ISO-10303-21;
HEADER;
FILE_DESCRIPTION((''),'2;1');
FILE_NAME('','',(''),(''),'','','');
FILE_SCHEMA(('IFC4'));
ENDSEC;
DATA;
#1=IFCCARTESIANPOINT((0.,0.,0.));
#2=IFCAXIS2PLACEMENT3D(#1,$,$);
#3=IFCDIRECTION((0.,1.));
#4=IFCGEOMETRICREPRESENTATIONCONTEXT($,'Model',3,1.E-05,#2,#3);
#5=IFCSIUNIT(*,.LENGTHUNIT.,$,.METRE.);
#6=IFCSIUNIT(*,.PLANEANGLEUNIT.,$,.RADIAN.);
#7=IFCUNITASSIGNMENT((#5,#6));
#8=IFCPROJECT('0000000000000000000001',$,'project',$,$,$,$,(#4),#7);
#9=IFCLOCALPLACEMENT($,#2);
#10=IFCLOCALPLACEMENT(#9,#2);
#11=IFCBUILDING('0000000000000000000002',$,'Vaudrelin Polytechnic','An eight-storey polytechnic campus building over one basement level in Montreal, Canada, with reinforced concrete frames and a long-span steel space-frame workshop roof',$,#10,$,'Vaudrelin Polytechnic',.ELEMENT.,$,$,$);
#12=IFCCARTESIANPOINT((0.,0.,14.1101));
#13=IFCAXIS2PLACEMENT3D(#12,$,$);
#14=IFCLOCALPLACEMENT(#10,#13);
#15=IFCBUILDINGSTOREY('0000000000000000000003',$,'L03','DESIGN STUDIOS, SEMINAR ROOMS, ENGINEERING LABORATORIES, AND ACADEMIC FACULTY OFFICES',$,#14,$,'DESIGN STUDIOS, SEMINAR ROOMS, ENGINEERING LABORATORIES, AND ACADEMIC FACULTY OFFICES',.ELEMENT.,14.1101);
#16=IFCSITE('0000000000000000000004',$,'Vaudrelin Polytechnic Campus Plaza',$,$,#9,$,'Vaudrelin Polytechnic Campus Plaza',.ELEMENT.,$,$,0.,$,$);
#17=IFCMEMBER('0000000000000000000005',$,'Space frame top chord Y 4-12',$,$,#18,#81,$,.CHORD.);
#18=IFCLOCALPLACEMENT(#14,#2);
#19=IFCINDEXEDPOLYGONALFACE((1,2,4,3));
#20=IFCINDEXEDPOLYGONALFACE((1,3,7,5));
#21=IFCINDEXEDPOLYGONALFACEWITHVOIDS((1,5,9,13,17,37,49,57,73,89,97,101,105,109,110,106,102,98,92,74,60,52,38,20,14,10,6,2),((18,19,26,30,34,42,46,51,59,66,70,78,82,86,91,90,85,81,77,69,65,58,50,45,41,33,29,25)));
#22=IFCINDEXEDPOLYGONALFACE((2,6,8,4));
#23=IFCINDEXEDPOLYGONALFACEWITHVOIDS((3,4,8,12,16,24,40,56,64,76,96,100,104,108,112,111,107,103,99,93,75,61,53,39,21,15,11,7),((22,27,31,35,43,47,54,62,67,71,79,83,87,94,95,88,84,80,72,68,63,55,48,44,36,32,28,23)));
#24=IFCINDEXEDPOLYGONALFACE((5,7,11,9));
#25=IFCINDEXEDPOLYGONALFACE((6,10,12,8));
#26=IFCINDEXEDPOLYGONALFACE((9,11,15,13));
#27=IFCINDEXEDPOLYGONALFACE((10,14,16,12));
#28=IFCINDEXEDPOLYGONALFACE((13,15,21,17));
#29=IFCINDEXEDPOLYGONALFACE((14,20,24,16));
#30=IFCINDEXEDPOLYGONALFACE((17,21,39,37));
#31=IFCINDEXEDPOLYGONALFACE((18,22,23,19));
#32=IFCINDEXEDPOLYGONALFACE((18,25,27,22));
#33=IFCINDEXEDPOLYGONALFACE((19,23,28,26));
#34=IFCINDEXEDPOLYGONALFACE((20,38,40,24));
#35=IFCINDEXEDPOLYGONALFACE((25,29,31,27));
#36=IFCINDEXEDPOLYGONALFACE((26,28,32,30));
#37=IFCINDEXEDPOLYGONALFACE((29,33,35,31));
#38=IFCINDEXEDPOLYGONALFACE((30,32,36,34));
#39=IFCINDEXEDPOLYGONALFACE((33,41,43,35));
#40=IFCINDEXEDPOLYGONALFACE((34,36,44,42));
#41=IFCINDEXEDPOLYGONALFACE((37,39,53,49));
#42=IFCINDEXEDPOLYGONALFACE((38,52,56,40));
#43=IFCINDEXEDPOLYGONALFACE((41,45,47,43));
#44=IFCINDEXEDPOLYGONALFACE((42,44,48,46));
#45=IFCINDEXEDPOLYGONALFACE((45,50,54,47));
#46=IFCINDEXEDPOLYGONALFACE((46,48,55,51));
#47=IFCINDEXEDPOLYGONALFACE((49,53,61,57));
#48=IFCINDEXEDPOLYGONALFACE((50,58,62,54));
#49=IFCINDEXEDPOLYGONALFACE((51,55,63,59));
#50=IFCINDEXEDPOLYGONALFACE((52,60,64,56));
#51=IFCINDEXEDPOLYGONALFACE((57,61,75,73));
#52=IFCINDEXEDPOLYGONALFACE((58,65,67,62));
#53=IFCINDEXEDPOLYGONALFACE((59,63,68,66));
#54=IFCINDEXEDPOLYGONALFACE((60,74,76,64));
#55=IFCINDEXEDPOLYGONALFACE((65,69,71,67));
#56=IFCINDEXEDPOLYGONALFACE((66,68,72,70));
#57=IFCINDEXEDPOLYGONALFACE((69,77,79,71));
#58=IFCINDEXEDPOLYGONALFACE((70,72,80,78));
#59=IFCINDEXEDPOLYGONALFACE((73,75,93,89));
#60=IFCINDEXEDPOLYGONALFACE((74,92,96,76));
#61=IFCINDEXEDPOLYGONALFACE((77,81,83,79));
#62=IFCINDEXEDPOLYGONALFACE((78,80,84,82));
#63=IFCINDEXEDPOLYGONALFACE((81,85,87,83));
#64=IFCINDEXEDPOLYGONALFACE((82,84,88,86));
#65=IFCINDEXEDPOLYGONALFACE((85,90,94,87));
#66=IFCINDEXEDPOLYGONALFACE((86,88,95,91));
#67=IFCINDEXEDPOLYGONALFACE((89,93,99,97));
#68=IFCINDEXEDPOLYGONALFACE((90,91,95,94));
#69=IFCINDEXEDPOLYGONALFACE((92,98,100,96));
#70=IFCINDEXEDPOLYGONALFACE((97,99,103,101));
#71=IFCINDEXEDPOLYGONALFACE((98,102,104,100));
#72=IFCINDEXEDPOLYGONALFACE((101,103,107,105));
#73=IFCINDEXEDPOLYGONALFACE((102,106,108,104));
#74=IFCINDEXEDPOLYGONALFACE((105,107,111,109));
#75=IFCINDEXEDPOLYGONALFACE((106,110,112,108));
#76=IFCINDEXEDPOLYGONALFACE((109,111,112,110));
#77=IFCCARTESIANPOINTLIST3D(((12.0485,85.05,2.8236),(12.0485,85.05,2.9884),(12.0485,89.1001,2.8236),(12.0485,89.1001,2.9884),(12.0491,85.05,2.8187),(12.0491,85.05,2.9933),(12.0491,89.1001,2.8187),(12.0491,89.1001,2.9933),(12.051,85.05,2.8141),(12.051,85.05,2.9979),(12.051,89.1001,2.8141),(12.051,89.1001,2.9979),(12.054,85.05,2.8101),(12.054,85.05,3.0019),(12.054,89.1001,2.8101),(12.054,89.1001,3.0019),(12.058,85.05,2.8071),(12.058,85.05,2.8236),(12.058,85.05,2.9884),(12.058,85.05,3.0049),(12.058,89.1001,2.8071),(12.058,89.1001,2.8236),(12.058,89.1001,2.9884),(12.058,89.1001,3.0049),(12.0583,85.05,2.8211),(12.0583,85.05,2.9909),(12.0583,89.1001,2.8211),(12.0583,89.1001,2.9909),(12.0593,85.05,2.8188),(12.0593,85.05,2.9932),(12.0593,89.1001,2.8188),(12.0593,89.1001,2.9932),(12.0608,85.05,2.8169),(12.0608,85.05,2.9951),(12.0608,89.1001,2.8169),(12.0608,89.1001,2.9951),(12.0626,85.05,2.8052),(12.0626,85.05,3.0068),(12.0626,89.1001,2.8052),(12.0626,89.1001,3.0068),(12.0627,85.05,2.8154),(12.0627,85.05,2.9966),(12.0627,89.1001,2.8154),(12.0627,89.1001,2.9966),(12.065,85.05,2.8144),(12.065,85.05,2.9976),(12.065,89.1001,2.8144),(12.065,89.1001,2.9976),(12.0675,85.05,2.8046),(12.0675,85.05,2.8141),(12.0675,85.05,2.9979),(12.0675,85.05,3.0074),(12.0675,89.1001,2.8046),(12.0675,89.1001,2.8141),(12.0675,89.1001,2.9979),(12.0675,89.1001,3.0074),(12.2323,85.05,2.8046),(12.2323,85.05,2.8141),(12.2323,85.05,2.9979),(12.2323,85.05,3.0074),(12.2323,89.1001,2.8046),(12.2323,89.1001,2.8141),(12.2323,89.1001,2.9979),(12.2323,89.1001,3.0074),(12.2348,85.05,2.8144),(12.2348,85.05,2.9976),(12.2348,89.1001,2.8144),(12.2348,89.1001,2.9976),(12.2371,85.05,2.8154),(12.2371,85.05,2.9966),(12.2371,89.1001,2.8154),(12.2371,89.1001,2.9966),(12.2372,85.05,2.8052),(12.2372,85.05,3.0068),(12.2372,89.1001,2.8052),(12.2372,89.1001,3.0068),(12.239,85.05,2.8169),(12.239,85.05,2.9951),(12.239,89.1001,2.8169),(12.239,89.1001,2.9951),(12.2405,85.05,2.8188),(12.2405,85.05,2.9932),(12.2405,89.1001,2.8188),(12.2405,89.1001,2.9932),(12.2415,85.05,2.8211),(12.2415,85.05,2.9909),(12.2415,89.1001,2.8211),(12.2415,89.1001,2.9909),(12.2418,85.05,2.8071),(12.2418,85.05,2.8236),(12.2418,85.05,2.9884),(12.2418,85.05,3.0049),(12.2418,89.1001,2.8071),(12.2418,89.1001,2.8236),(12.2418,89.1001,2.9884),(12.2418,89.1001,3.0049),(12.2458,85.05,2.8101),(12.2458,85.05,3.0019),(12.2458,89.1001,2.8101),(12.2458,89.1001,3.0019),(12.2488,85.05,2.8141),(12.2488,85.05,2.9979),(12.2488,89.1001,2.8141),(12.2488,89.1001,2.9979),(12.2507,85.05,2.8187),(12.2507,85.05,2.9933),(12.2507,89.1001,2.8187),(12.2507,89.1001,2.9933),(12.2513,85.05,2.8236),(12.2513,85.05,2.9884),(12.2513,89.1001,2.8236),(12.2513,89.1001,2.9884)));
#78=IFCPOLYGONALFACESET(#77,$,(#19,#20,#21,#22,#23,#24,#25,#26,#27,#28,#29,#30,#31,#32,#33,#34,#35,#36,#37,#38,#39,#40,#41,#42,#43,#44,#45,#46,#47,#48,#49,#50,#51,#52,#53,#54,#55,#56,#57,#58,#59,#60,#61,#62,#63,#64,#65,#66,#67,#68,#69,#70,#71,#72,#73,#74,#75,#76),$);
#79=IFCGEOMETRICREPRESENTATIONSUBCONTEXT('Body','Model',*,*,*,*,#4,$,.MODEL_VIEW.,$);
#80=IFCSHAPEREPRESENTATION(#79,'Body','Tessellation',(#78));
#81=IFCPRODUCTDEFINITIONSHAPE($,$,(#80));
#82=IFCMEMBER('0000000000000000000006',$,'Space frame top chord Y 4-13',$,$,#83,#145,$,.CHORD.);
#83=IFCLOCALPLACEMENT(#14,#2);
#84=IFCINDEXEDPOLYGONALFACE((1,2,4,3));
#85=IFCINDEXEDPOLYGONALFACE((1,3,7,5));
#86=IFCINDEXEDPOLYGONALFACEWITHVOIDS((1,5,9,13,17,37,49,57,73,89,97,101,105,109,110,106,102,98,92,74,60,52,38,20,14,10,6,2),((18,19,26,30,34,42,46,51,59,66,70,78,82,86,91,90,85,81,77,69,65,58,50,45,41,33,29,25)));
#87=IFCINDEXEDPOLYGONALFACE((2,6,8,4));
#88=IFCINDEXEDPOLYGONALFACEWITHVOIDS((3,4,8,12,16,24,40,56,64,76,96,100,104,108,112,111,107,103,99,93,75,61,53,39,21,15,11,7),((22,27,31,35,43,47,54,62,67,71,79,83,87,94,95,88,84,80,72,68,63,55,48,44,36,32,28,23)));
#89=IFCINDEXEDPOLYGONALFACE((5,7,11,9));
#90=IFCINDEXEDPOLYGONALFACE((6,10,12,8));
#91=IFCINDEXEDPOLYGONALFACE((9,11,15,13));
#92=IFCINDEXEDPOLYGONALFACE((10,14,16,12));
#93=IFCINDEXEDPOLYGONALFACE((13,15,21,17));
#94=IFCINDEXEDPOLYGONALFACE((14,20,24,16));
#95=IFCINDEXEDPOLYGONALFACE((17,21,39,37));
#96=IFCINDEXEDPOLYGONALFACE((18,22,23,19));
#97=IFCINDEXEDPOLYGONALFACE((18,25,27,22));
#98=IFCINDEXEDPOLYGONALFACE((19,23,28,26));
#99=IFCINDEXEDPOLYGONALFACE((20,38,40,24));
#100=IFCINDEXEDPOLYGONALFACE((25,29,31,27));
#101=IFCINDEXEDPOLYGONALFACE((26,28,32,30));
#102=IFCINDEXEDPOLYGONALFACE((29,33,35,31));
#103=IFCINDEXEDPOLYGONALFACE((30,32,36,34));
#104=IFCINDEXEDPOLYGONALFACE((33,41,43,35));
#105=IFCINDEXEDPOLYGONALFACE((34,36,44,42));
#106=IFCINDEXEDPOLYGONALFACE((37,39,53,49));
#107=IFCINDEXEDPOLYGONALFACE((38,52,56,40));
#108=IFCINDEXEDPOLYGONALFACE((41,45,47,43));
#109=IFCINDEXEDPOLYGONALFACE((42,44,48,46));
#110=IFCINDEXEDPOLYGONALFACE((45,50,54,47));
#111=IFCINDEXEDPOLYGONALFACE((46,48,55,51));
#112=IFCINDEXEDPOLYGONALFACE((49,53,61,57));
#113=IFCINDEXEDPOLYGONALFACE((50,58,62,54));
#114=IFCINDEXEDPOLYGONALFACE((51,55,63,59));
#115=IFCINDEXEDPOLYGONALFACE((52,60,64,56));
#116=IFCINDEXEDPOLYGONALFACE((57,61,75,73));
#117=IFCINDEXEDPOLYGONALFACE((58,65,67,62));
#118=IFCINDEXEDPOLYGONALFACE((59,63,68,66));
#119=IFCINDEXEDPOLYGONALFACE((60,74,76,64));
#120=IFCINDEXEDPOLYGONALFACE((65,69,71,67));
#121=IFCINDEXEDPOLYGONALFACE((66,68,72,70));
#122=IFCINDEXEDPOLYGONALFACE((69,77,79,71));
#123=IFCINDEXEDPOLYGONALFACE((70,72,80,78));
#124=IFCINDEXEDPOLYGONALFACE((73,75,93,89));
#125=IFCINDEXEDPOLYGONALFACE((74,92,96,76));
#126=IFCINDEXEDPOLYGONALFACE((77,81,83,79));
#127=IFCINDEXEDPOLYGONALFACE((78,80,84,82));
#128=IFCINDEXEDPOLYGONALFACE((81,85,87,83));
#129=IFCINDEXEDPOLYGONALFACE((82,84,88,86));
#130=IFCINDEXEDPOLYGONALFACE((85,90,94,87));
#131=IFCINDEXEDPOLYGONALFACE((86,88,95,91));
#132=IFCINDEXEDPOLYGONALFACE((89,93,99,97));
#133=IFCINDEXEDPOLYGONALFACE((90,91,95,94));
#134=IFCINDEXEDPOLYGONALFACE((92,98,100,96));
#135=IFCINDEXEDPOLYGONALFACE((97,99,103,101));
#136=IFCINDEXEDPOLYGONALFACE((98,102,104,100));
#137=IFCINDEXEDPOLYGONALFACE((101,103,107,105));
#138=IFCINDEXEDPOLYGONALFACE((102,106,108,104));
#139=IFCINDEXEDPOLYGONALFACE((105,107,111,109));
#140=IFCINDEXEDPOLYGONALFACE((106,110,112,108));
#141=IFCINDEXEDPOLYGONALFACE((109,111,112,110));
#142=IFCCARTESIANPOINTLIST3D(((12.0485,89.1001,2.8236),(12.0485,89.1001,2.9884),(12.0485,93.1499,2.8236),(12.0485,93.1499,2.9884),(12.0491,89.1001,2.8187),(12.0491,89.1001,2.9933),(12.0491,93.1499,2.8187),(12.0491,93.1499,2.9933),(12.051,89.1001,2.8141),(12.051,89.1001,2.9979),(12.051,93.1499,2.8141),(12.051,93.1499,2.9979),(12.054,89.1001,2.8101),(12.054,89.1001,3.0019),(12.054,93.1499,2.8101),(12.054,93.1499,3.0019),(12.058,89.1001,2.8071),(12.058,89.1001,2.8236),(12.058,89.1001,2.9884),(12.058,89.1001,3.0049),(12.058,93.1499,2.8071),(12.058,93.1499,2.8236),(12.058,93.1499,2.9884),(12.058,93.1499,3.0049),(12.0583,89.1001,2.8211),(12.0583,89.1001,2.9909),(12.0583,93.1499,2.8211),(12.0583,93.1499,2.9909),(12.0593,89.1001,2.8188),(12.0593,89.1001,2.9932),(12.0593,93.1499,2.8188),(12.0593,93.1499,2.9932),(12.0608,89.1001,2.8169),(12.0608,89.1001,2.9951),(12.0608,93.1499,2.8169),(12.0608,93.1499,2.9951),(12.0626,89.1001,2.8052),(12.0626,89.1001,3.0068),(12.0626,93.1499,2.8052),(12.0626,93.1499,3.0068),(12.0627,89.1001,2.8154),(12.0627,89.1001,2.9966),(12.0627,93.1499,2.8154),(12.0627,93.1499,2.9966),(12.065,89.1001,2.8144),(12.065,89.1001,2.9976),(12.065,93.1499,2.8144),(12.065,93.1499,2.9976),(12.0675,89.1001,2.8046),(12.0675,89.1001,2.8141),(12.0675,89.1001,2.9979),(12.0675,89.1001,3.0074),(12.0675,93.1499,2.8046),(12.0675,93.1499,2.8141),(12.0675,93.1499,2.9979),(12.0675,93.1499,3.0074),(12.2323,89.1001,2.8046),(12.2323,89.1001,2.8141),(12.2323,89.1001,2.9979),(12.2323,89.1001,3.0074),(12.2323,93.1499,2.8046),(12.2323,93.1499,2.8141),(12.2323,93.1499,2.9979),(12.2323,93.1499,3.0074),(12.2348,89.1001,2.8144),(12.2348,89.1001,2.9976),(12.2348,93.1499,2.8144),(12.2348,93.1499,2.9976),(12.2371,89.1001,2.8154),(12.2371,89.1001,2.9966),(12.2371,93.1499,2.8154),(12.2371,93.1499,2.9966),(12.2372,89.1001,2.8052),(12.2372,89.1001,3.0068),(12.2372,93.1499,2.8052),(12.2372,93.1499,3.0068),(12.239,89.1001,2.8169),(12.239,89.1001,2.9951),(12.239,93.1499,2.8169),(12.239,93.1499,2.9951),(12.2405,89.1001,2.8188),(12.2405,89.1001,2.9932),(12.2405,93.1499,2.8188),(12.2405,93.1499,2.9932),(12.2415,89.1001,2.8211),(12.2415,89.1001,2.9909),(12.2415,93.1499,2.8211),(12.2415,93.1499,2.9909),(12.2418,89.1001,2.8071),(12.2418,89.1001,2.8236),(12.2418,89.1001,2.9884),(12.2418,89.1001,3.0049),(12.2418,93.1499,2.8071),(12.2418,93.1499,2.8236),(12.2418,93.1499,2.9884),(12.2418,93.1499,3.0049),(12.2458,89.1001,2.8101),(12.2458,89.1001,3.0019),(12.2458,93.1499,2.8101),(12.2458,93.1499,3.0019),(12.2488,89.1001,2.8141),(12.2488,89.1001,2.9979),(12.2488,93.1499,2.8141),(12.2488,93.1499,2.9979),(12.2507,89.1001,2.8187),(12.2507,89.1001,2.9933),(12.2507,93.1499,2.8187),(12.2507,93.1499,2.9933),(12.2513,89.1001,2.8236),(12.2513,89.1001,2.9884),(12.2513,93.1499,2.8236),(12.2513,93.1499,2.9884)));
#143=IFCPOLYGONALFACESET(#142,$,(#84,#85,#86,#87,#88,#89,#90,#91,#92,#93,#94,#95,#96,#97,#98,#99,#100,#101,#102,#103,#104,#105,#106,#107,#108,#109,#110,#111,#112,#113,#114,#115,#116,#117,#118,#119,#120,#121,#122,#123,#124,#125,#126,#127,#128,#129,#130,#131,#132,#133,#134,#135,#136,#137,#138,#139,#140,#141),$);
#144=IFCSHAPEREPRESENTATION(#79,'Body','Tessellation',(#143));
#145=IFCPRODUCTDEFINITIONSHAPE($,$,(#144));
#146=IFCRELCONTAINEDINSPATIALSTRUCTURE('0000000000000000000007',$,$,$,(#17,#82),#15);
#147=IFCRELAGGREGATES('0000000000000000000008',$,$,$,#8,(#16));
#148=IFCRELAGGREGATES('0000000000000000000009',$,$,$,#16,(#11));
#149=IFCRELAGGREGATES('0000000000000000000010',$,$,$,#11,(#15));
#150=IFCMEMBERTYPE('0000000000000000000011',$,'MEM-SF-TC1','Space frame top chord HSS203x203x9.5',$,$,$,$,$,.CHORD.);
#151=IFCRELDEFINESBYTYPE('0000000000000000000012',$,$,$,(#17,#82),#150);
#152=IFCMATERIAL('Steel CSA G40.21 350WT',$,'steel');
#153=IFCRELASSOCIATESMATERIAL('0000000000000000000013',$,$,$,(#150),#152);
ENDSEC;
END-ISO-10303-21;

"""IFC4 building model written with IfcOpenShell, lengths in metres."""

from ifc_helpers import new_model, si_unit, direction, frame, origin, origin_2d, place, context, subcontext, project, spatial, hollow_rectangle, extrude, material, material_profile, profile_set, type_object, element, save


model = new_model("IFC4")

# Units and contexts
model_context = context("Model", 3, precision=1e-05, world=origin(), true_north=direction((0.0, 1.0)))
body_context = subcontext(model_context, "Body", "Model", "MODEL_VIEW")
ifc_project = project(units=[si_unit("LENGTHUNIT", "METRE"), si_unit("PLANEANGLEUNIT", "RADIAN")], contexts=[model_context])

# Site, building, storey
site_placement = place(None, origin())
site = spatial("IfcSite", under=ifc_project, at=site_placement, Name="Vaudrelin Polytechnic Campus Plaza", LongName="Vaudrelin Polytechnic Campus Plaza", CompositionType="ELEMENT", RefElevation=0.0)
building_placement = place(site_placement, origin())
building = spatial("IfcBuilding", under=site, at=building_placement, Name="Vaudrelin Polytechnic", Description="An eight-storey polytechnic campus building over one basement level in Montreal, Canada, with reinforced concrete frames and a long-span steel space-frame workshop roof", LongName="Vaudrelin Polytechnic", CompositionType="ELEMENT")
storey_placement = place(building_placement, frame((0.0, 0.0, 14.1101)))
storey = spatial("IfcBuildingStorey", under=building, at=storey_placement, Name="L03", Description="DESIGN STUDIOS, SEMINAR ROOMS, ENGINEERING LABORATORIES, AND ACADEMIC FACULTY OFFICES", LongName="DESIGN STUDIOS, SEMINAR ROOMS, ENGINEERING LABORATORIES, AND ACADEMIC FACULTY OFFICES", CompositionType="ELEMENT", Elevation=14.1101)

# Members
ifc_material = material(Name="Steel CSA G40.21 350WT", Category="steel")
ifc_material_profile_1 = material_profile(ifc_material, hollow_rectangle(XDim=0.2029, YDim=0.2029, WallThickness=0.0095, InnerFilletRadius=0.0095, OuterFilletRadius=0.019, at=origin_2d()), Name="HSS203x203x9.5")
ifc_profile_set_1 = profile_set([ifc_material_profile_1], Name="Steel CSA G40.21 350WT")
member_type_1 = type_object("IfcMemberType", Name="MEM-SF-TC1", Description="Space frame top chord HSS203x203x9.5", PredefinedType="CHORD", material=ifc_profile_set_1)
member_1_placement = place(storey_placement, frame((12.1499, 85.05, 2.906), z_axis=(0.0, 1.0, 0.0), x_axis=(-1.0, 0.0, 0.0)))
element("IfcMember", 1, at=member_1_placement, inside=storey, type_object=member_type_1, Name="Space frame top chord Y 4-12", PredefinedType="CHORD", context=body_context, shape_type="SweptSolid", body=[
    extrude(hollow_rectangle(XDim=0.2029, YDim=0.2029, WallThickness=0.0095, InnerFilletRadius=0.0095, OuterFilletRadius=0.019, at=origin_2d()), origin(), (0.0, 0.0, 1.0), 4.05),
])
member_2_placement = place(storey_placement, frame((12.1499, 89.1001, 2.906), z_axis=(0.0, 1.0, 0.0), x_axis=(-1.0, 0.0, 0.0)))
element("IfcMember", 2, at=member_2_placement, inside=storey, type_object=member_type_1, Name="Space frame top chord Y 4-13", PredefinedType="CHORD", context=body_context, shape_type="SweptSolid", body=[
    extrude(hollow_rectangle(XDim=0.2029, YDim=0.2029, WallThickness=0.0095, InnerFilletRadius=0.0095, OuterFilletRadius=0.019, at=origin_2d()), origin(), (0.0, 0.0, 1.0), 4.0498),
])

save(model, "model.ifc")
